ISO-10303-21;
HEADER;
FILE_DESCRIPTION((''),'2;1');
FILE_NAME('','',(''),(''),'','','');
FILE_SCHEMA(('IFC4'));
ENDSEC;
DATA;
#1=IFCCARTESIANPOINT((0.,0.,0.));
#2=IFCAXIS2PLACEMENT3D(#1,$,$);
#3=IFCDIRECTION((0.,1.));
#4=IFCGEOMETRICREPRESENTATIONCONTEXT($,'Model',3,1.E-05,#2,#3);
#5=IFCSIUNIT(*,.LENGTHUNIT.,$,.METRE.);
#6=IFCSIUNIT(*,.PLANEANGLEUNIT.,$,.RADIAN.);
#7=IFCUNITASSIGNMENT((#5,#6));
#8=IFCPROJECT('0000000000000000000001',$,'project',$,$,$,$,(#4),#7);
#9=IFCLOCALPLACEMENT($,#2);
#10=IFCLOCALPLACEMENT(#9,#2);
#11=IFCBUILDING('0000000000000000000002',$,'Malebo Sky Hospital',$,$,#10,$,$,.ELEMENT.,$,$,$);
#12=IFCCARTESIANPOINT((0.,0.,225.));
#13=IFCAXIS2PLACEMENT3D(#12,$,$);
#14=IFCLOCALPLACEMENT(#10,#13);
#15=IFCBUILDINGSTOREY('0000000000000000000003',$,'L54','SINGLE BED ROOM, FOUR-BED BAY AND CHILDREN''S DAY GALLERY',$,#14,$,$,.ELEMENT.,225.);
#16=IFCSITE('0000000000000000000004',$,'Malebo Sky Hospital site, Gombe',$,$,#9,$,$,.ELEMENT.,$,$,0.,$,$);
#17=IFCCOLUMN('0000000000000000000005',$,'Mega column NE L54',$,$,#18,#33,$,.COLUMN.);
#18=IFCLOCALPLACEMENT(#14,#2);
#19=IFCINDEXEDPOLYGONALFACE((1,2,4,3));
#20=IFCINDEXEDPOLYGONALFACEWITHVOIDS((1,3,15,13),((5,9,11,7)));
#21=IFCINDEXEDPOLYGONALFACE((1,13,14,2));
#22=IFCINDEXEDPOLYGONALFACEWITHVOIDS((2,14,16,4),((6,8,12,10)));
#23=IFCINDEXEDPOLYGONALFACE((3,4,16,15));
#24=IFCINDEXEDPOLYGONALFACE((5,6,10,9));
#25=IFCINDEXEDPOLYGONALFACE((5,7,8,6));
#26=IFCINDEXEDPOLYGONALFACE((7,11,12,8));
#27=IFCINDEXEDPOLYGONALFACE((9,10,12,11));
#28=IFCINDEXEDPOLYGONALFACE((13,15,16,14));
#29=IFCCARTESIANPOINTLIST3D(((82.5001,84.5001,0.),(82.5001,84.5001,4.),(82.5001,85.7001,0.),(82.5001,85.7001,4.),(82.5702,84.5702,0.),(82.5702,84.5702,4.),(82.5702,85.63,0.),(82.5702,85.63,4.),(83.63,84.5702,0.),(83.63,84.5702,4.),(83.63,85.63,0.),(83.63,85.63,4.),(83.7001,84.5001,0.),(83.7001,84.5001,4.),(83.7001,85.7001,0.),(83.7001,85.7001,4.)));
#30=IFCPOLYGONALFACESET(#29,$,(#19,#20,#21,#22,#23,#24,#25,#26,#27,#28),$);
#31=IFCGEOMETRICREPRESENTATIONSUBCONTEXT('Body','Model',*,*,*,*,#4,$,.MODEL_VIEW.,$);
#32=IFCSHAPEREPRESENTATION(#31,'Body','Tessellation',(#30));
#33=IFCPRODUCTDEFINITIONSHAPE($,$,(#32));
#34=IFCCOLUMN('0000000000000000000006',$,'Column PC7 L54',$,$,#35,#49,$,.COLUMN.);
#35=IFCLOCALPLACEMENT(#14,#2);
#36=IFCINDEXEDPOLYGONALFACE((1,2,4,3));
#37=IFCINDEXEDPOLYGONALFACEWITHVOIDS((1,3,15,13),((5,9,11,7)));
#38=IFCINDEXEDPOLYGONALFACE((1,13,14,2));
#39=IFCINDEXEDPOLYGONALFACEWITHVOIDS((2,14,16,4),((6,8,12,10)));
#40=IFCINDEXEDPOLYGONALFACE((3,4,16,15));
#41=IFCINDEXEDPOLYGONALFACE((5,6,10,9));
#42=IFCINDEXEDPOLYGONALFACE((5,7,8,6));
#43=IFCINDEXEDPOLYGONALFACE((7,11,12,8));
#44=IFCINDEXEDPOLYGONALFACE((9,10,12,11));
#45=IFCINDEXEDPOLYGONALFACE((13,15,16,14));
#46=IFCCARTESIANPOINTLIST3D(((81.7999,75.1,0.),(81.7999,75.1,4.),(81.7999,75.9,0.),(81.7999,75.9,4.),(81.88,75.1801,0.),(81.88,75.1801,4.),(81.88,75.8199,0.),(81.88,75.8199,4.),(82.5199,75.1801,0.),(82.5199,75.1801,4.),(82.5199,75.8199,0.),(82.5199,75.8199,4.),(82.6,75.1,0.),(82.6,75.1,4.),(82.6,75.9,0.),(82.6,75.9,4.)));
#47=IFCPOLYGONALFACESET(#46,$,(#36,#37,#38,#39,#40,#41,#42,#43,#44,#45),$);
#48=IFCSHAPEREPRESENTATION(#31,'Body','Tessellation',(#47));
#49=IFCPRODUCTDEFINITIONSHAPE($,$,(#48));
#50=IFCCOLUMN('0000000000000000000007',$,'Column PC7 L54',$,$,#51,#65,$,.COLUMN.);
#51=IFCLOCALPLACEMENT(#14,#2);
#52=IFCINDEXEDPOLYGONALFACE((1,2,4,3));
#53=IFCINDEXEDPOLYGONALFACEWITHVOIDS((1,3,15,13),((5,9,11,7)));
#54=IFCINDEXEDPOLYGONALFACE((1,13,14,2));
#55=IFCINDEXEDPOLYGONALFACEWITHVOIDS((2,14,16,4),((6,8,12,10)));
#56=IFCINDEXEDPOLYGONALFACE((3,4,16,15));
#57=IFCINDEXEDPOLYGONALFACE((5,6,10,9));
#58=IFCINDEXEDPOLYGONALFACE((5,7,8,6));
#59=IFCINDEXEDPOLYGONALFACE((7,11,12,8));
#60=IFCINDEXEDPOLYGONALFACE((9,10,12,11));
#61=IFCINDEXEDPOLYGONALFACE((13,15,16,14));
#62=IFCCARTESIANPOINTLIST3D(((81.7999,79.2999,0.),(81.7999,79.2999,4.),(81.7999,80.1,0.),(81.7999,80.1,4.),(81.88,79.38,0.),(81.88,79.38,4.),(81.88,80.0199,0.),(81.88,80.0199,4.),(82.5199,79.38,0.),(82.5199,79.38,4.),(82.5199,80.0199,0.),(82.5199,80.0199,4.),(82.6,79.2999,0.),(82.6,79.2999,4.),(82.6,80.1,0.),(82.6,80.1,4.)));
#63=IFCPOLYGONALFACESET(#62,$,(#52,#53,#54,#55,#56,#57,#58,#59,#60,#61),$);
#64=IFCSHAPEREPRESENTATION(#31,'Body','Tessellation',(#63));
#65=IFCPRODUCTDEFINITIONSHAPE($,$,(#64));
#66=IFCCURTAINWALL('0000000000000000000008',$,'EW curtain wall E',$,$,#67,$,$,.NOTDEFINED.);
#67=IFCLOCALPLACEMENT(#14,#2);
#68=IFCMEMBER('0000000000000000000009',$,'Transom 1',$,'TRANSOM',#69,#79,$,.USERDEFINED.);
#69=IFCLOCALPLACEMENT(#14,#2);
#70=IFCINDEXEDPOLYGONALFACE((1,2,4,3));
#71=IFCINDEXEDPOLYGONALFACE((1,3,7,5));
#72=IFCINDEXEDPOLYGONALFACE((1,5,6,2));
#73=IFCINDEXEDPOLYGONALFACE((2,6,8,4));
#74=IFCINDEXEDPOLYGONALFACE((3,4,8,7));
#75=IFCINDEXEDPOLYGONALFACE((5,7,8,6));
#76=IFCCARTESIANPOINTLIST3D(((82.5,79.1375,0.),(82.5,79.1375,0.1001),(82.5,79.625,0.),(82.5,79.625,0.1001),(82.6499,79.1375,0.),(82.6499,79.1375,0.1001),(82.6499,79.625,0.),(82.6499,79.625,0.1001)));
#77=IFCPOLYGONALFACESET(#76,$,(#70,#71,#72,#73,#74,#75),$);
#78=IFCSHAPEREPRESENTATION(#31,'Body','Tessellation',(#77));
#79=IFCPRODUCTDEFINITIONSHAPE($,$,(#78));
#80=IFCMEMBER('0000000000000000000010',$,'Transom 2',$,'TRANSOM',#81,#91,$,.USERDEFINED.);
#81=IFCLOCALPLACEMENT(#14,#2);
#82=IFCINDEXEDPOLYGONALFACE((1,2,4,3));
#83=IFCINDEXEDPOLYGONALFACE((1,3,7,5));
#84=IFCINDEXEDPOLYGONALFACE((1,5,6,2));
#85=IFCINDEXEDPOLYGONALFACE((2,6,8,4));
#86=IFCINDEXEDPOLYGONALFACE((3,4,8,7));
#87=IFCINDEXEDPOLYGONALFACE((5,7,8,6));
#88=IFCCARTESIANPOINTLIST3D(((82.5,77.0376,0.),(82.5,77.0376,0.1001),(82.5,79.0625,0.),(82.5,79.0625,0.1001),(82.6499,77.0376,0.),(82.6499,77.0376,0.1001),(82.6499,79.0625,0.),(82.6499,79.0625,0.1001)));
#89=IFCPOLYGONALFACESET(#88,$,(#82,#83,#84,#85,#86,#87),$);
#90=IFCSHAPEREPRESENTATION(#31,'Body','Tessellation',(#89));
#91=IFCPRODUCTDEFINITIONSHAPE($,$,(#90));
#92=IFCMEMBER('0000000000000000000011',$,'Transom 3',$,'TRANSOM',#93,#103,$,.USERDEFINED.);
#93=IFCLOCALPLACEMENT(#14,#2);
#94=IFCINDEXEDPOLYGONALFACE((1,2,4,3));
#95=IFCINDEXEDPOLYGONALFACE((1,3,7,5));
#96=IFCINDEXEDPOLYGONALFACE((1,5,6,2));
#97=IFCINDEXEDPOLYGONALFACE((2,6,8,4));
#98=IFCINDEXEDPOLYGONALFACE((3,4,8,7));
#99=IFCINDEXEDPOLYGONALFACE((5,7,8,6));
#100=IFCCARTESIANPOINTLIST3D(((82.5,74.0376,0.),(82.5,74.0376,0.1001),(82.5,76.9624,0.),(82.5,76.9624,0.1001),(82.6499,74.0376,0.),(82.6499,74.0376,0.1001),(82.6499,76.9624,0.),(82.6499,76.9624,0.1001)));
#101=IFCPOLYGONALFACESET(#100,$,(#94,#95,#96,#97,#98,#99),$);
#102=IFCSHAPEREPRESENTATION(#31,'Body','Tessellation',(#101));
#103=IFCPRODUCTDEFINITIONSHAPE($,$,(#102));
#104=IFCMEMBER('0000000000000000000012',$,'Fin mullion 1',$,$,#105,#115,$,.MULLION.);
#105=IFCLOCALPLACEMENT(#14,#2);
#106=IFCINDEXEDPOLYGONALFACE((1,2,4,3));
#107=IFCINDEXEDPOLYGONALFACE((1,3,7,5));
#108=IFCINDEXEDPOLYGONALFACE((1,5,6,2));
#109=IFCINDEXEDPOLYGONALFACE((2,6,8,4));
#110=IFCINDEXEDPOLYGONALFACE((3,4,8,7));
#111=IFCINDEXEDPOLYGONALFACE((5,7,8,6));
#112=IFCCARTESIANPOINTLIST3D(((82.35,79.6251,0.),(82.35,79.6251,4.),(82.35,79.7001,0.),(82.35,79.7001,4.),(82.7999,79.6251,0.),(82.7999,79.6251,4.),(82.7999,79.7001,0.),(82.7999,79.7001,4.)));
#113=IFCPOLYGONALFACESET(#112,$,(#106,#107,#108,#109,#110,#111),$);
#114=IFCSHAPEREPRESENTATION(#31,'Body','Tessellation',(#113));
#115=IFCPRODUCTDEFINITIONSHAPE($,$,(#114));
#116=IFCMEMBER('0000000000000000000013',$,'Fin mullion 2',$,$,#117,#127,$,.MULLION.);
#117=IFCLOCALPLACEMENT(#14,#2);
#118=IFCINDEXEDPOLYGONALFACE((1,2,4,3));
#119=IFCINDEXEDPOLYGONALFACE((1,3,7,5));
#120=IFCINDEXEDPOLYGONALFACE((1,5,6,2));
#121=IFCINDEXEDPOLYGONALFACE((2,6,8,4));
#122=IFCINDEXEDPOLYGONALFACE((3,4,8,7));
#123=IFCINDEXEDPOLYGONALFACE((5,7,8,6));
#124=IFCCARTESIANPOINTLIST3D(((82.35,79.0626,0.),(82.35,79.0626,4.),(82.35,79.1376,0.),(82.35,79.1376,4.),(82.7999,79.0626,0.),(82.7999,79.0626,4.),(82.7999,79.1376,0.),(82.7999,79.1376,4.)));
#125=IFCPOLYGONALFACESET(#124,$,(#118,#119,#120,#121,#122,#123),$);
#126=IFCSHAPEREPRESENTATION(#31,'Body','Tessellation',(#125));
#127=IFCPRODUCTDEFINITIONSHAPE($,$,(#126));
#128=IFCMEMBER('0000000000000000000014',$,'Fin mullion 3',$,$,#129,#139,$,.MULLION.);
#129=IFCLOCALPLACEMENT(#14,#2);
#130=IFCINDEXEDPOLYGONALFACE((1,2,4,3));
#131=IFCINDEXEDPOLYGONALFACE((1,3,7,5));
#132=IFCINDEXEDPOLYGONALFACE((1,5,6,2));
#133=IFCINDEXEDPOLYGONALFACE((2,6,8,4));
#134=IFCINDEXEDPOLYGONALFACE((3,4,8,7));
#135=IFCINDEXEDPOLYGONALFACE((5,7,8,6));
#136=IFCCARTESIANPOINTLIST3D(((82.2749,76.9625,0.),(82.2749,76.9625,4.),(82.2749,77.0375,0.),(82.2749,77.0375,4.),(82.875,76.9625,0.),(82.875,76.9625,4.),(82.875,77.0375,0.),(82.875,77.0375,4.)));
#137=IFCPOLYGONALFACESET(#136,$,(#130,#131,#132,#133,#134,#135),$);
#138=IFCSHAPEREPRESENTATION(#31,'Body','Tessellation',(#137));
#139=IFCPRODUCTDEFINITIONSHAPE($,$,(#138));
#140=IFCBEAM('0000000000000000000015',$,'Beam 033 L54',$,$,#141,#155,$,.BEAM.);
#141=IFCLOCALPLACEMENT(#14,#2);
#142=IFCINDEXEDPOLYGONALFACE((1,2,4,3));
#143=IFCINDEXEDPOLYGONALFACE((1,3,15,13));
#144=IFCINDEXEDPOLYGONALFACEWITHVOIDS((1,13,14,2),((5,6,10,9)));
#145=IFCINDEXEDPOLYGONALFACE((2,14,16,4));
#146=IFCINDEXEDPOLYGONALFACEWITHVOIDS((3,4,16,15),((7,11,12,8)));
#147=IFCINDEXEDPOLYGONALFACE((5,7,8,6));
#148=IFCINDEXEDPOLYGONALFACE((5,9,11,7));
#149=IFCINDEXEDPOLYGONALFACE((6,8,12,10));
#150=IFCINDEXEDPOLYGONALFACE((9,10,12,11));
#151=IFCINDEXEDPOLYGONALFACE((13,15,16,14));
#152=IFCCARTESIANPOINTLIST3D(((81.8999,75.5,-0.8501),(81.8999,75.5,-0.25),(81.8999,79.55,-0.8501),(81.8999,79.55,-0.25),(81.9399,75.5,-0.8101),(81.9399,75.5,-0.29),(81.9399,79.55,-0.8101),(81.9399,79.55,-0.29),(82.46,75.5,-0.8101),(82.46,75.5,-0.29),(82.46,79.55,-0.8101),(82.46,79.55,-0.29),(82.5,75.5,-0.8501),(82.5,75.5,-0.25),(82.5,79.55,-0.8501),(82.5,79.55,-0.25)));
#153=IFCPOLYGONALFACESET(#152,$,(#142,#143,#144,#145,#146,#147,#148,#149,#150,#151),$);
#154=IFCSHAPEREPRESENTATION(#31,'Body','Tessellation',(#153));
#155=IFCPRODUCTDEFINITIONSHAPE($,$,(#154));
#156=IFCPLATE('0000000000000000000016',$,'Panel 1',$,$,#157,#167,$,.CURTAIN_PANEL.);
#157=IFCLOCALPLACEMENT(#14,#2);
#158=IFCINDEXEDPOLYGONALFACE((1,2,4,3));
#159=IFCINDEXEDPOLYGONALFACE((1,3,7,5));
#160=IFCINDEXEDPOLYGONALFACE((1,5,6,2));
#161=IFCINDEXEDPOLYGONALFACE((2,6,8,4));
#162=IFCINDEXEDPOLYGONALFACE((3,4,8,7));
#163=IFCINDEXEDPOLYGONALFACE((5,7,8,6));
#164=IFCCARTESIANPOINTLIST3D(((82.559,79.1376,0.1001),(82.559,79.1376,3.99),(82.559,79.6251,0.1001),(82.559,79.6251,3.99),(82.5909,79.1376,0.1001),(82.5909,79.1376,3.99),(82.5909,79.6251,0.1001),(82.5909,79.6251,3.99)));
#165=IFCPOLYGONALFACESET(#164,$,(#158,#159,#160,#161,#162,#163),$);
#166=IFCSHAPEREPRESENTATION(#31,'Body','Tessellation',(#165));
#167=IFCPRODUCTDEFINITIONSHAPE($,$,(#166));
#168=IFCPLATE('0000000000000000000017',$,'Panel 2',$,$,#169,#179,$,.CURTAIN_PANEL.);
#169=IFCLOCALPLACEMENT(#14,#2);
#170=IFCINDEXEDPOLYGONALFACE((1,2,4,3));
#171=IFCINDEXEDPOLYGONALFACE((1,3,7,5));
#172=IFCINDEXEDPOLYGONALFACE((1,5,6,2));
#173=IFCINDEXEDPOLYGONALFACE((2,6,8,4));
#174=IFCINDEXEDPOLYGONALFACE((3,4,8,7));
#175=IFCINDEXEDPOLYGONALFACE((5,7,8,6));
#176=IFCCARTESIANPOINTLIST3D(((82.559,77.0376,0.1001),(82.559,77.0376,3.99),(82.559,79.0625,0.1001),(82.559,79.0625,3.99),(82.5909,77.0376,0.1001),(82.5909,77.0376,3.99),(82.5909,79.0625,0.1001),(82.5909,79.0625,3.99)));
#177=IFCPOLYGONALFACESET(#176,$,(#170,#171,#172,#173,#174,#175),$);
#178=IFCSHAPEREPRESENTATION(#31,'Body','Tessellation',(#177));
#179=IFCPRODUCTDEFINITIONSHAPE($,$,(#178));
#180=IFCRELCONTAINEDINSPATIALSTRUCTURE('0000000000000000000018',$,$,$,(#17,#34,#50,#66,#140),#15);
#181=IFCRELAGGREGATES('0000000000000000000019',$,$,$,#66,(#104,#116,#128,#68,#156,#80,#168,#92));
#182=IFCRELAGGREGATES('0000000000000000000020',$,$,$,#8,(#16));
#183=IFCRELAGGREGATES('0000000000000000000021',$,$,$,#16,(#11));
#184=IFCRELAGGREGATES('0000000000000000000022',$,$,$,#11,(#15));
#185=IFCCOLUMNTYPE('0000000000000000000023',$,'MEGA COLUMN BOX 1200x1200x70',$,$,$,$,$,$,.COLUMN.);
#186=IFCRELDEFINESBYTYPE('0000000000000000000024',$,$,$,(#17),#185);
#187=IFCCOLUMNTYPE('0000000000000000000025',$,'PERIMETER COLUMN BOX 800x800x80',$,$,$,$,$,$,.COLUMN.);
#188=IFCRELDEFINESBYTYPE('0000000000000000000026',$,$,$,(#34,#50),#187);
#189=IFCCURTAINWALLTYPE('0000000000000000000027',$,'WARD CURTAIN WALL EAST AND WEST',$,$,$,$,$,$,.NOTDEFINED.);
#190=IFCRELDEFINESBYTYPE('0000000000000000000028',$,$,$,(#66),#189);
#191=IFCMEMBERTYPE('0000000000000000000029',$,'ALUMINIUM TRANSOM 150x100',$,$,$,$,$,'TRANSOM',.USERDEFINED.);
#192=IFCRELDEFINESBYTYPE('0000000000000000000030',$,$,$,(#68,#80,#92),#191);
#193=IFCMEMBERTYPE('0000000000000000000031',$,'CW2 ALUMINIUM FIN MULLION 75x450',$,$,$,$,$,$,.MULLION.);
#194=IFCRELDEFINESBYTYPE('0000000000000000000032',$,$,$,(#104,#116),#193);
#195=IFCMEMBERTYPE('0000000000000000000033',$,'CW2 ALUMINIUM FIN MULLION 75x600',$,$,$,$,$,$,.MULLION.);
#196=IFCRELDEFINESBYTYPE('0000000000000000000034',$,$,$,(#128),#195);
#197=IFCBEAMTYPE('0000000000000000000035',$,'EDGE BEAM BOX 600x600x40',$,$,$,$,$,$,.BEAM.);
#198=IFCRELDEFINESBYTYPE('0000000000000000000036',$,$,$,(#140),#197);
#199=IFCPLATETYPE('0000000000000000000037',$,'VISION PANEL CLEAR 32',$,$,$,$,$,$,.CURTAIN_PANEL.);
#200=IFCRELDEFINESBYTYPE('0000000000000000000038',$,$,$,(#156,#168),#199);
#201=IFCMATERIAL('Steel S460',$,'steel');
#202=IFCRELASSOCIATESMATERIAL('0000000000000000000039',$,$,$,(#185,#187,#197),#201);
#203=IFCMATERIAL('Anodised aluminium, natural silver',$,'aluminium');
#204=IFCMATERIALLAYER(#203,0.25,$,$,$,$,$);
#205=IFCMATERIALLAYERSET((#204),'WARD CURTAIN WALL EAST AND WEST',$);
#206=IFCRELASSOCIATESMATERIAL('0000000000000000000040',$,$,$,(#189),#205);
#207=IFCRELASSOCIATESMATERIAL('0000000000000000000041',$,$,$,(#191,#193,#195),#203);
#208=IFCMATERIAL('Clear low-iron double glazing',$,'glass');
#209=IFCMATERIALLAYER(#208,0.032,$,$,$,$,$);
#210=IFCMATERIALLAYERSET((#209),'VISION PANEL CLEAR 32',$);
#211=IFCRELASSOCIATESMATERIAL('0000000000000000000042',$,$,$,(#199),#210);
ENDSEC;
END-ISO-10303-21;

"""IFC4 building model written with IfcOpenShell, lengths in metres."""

from ifc_helpers import new_model, si_unit, direction, frame, origin, origin_2d, place, context, subcontext, project, spatial, rectangle, hollow_rectangle, extrude, material, layer, layer_set, material_profile, profile_set, type_object, element, aggregate, save


model = new_model("IFC4")

# Units and contexts
model_context = context("Model", 3, precision=1e-05, world=origin(), true_north=direction((0.0, 1.0)))
body_context = subcontext(model_context, "Body", "Model", "MODEL_VIEW")
ifc_project = project(units=[si_unit("LENGTHUNIT", "METRE"), si_unit("PLANEANGLEUNIT", "RADIAN")], contexts=[model_context])

# Site, building, storey
site_placement = place(None, origin())
site = spatial("IfcSite", under=ifc_project, at=site_placement, Name="Malebo Sky Hospital site, Gombe", CompositionType="ELEMENT", RefElevation=0.0)
building_placement = place(site_placement, origin())
building = spatial("IfcBuilding", under=site, at=building_placement, Name="Malebo Sky Hospital", CompositionType="ELEMENT")
storey_placement = place(building_placement, frame((0.0, 0.0, 225.0)))
storey = spatial("IfcBuildingStorey", under=building, at=storey_placement, Name="L54", Description="SINGLE BED ROOM, FOUR-BED BAY AND CHILDREN'S DAY GALLERY", CompositionType="ELEMENT", Elevation=225.0)

# Columns
ifc_material_1 = material(Name="Steel S460", Category="steel")
ifc_material_profile_1 = material_profile(ifc_material_1, hollow_rectangle(XDim=1.2, YDim=1.2, WallThickness=0.0701, at=origin_2d()), Name="BOX 1200x1200x70")
ifc_profile_set_1 = profile_set([ifc_material_profile_1], Name="Steel S460")
column_type_1 = type_object("IfcColumnType", Name="MEGA COLUMN BOX 1200x1200x70", PredefinedType="COLUMN", material=ifc_profile_set_1)
column_placement = place(storey_placement, frame((83.1001, 85.1001, 0.0), z_axis=(0.0, 0.0, 1.0), x_axis=(1.0, 0.0, 0.0)))
element("IfcColumn", 1, at=column_placement, inside=storey, type_object=column_type_1, Name="Mega column NE L54", PredefinedType="COLUMN", context=body_context, shape_type="SweptSolid", body=[
    extrude(hollow_rectangle(XDim=1.2, YDim=1.2, WallThickness=0.0701, at=origin_2d()), origin(), (0.0, 0.0, 1.0), 4.0),
])
ifc_material_profile_2 = material_profile(ifc_material_1, hollow_rectangle(XDim=0.8, YDim=0.8, WallThickness=0.0801, at=origin_2d()), Name="BOX 800x800x80")
ifc_profile_set_2 = profile_set([ifc_material_profile_2], Name="Steel S460")
column_type_2 = type_object("IfcColumnType", Name="PERIMETER COLUMN BOX 800x800x80", PredefinedType="COLUMN", material=ifc_profile_set_2)
for number, where, z_axis, x_axis, name in (
    (2, (82.2, 75.5, 0.0), (0.0, 0.0, 1.0), (1.0, 0.0, 0.0), "Column PC7 L54"),
    (3, (82.2, 79.7, 0.0), (0.0, 0.0, 1.0), (1.0, 0.0, 0.0), "Column PC7 L54"),
):
    element("IfcColumn", number, at=place(storey_placement, frame(where, z_axis=z_axis, x_axis=x_axis)), inside=storey, type_object=column_type_2, Name=name, PredefinedType="COLUMN", context=body_context, shape_type="SweptSolid", body=[
        extrude(hollow_rectangle(XDim=0.8, YDim=0.8, WallThickness=0.0801, at=origin_2d()), origin(), (0.0, 0.0, 1.0), 4.0),
    ])

# Curtain wall, members
ifc_material_2 = material(Name="Anodised aluminium, natural silver", Category="aluminium")
ifc_layer_1 = layer(ifc_material_2, 0.25)
ifc_layer_set_1 = layer_set([ifc_layer_1], Name="WARD CURTAIN WALL EAST AND WEST")
curtain_wall_type = type_object("IfcCurtainWallType", Name="WARD CURTAIN WALL EAST AND WEST", PredefinedType="NOTDEFINED", material=ifc_layer_set_1)
curtain_wall_placement = place(storey_placement, origin())
curtain_wall = element("IfcCurtainWall", 4, at=curtain_wall_placement, inside=storey, type_object=curtain_wall_type, Name="EW curtain wall E", PredefinedType="NOTDEFINED")
ifc_material_profile_3 = material_profile(ifc_material_2, rectangle(XDim=0.1499, YDim=0.1001, at=origin_2d()), Name="ALUMINIUM TRANSOM 150x100")
ifc_profile_set_3 = profile_set([ifc_material_profile_3], Name="Anodised aluminium, natural silver")
member_type_1 = type_object("IfcMemberType", Name="ALUMINIUM TRANSOM 150x100", ElementType="TRANSOM", PredefinedType="USERDEFINED", material=ifc_profile_set_3)
member_1_placement = place(storey_placement, frame((82.575, 79.625, 0.05), z_axis=(0.0, -1.0, 0.0), x_axis=(1.0, 0.0, 0.0)))
member_1 = element("IfcMember", 5, at=member_1_placement, type_object=member_type_1, Name="Transom 1", ObjectType="TRANSOM", PredefinedType="USERDEFINED", context=body_context, shape_type="SweptSolid", body=[
    extrude(rectangle(XDim=0.1499, YDim=0.1001, at=origin_2d()), origin(), (0.0, 0.0, 1.0), 0.4875),
])
member_2_placement = place(storey_placement, frame((82.575, 79.0625, 0.05), z_axis=(0.0, -1.0, 0.0), x_axis=(1.0, 0.0, 0.0)))
member_2 = element("IfcMember", 6, at=member_2_placement, type_object=member_type_1, Name="Transom 2", ObjectType="TRANSOM", PredefinedType="USERDEFINED", context=body_context, shape_type="SweptSolid", body=[
    extrude(rectangle(XDim=0.1499, YDim=0.1001, at=origin_2d()), origin(), (0.0, 0.0, 1.0), 2.0249),
])
member_3_placement = place(storey_placement, frame((82.575, 76.9624, 0.05), z_axis=(0.0, -1.0, 0.0), x_axis=(1.0, 0.0, 0.0)))
member_3 = element("IfcMember", 7, at=member_3_placement, type_object=member_type_1, Name="Transom 3", ObjectType="TRANSOM", PredefinedType="USERDEFINED", context=body_context, shape_type="SweptSolid", body=[
    extrude(rectangle(XDim=0.1499, YDim=0.1001, at=origin_2d()), origin(), (0.0, 0.0, 1.0), 2.9248),
])
ifc_material_profile_4 = material_profile(ifc_material_2, rectangle(XDim=0.075, YDim=0.45, at=origin_2d()), Name="CW2 ALUMINIUM FIN MULLION 75x450")
ifc_profile_set_4 = profile_set([ifc_material_profile_4], Name="Anodised aluminium, natural silver")
member_type_2 = type_object("IfcMemberType", Name="CW2 ALUMINIUM FIN MULLION 75x450", PredefinedType="MULLION", material=ifc_profile_set_4)
member_4_placement = place(storey_placement, frame((82.575, 79.6626, 0.0), z_axis=(0.0, 0.0, 1.0), x_axis=(0.0, -1.0, 0.0)))
member_4 = element("IfcMember", 8, at=member_4_placement, type_object=member_type_2, Name="Fin mullion 1", PredefinedType="MULLION", context=body_context, shape_type="SweptSolid", body=[
    extrude(rectangle(XDim=0.075, YDim=0.45, at=origin_2d()), origin(), (0.0, 0.0, 1.0), 4.0),
])
member_5_placement = place(storey_placement, frame((82.575, 79.1001, 0.0), z_axis=(0.0, 0.0, 1.0), x_axis=(0.0, -1.0, 0.0)))
member_5 = element("IfcMember", 9, at=member_5_placement, type_object=member_type_2, Name="Fin mullion 2", PredefinedType="MULLION", context=body_context, shape_type="SweptSolid", body=[
    extrude(rectangle(XDim=0.075, YDim=0.45, at=origin_2d()), origin(), (0.0, 0.0, 1.0), 4.0),
])
ifc_material_profile_5 = material_profile(ifc_material_2, rectangle(XDim=0.075, YDim=0.6001, at=origin_2d()), Name="CW2 ALUMINIUM FIN MULLION 75x600")
ifc_profile_set_5 = profile_set([ifc_material_profile_5], Name="Anodised aluminium, natural silver")
member_type_3 = type_object("IfcMemberType", Name="CW2 ALUMINIUM FIN MULLION 75x600", PredefinedType="MULLION", material=ifc_profile_set_5)
member_6_placement = place(storey_placement, frame((82.575, 77.0, 0.0), z_axis=(0.0, 0.0, 1.0), x_axis=(0.0, -1.0, 0.0)))
member_6 = element("IfcMember", 10, at=member_6_placement, type_object=member_type_3, Name="Fin mullion 3", PredefinedType="MULLION", context=body_context, shape_type="SweptSolid", body=[
    extrude(rectangle(XDim=0.075, YDim=0.6001, at=origin_2d()), origin(), (0.0, 0.0, 1.0), 4.0),
])

# Beam
ifc_material_profile_6 = material_profile(ifc_material_1, hollow_rectangle(XDim=0.6001, YDim=0.6001, WallThickness=0.04, at=origin_2d()), Name="BOX 600x600x40")
ifc_profile_set_6 = profile_set([ifc_material_profile_6], Name="Steel S460")
beam_type = type_object("IfcBeamType", Name="EDGE BEAM BOX 600x600x40", PredefinedType="BEAM", material=ifc_profile_set_6)
beam_placement = place(storey_placement, frame((82.2, 75.5, -0.55), z_axis=(0.0, 1.0, 0.0), x_axis=(-1.0, 0.0, 0.0)))
element("IfcBeam", 11, at=beam_placement, inside=storey, type_object=beam_type, Name="Beam 033 L54", PredefinedType="BEAM", context=body_context, shape_type="SweptSolid", body=[
    extrude(hollow_rectangle(XDim=0.6001, YDim=0.6001, WallThickness=0.04, at=origin_2d()), origin(), (0.0, 0.0, 1.0), 4.05),
])

# Plates
ifc_material_3 = material(Name="Clear low-iron double glazing", Category="glass")
ifc_layer_2 = layer(ifc_material_3, 0.032)
ifc_layer_set_2 = layer_set([ifc_layer_2], Name="VISION PANEL CLEAR 32")
plate_type = type_object("IfcPlateType", Name="VISION PANEL CLEAR 32", PredefinedType="CURTAIN_PANEL", material=ifc_layer_set_2)
plate_1_placement = place(storey_placement, frame((82.575, 79.3813, 0.1001), z_axis=(0.0, 0.0, 1.0), x_axis=(0.0, -1.0, 0.0)))
plate_1 = element("IfcPlate", 12, at=plate_1_placement, type_object=plate_type, Name="Panel 1", PredefinedType="CURTAIN_PANEL", context=body_context, shape_type="SweptSolid", body=[
    extrude(rectangle(XDim=0.4875, YDim=0.032, at=origin_2d()), origin(), (0.0, 0.0, 1.0), 3.8899),
])
plate_2_placement = place(storey_placement, frame((82.575, 78.05, 0.1001), z_axis=(0.0, 0.0, 1.0), x_axis=(0.0, -1.0, 0.0)))
plate_2 = element("IfcPlate", 13, at=plate_2_placement, type_object=plate_type, Name="Panel 2", PredefinedType="CURTAIN_PANEL", context=body_context, shape_type="SweptSolid", body=[
    extrude(rectangle(XDim=2.0249, YDim=0.032, at=origin_2d()), origin(), (0.0, 0.0, 1.0), 3.8899),
])
aggregate(curtain_wall, [member_4, member_5, member_6, member_1, plate_1, member_2, plate_2, member_3])

save(model, "model.ifc")
